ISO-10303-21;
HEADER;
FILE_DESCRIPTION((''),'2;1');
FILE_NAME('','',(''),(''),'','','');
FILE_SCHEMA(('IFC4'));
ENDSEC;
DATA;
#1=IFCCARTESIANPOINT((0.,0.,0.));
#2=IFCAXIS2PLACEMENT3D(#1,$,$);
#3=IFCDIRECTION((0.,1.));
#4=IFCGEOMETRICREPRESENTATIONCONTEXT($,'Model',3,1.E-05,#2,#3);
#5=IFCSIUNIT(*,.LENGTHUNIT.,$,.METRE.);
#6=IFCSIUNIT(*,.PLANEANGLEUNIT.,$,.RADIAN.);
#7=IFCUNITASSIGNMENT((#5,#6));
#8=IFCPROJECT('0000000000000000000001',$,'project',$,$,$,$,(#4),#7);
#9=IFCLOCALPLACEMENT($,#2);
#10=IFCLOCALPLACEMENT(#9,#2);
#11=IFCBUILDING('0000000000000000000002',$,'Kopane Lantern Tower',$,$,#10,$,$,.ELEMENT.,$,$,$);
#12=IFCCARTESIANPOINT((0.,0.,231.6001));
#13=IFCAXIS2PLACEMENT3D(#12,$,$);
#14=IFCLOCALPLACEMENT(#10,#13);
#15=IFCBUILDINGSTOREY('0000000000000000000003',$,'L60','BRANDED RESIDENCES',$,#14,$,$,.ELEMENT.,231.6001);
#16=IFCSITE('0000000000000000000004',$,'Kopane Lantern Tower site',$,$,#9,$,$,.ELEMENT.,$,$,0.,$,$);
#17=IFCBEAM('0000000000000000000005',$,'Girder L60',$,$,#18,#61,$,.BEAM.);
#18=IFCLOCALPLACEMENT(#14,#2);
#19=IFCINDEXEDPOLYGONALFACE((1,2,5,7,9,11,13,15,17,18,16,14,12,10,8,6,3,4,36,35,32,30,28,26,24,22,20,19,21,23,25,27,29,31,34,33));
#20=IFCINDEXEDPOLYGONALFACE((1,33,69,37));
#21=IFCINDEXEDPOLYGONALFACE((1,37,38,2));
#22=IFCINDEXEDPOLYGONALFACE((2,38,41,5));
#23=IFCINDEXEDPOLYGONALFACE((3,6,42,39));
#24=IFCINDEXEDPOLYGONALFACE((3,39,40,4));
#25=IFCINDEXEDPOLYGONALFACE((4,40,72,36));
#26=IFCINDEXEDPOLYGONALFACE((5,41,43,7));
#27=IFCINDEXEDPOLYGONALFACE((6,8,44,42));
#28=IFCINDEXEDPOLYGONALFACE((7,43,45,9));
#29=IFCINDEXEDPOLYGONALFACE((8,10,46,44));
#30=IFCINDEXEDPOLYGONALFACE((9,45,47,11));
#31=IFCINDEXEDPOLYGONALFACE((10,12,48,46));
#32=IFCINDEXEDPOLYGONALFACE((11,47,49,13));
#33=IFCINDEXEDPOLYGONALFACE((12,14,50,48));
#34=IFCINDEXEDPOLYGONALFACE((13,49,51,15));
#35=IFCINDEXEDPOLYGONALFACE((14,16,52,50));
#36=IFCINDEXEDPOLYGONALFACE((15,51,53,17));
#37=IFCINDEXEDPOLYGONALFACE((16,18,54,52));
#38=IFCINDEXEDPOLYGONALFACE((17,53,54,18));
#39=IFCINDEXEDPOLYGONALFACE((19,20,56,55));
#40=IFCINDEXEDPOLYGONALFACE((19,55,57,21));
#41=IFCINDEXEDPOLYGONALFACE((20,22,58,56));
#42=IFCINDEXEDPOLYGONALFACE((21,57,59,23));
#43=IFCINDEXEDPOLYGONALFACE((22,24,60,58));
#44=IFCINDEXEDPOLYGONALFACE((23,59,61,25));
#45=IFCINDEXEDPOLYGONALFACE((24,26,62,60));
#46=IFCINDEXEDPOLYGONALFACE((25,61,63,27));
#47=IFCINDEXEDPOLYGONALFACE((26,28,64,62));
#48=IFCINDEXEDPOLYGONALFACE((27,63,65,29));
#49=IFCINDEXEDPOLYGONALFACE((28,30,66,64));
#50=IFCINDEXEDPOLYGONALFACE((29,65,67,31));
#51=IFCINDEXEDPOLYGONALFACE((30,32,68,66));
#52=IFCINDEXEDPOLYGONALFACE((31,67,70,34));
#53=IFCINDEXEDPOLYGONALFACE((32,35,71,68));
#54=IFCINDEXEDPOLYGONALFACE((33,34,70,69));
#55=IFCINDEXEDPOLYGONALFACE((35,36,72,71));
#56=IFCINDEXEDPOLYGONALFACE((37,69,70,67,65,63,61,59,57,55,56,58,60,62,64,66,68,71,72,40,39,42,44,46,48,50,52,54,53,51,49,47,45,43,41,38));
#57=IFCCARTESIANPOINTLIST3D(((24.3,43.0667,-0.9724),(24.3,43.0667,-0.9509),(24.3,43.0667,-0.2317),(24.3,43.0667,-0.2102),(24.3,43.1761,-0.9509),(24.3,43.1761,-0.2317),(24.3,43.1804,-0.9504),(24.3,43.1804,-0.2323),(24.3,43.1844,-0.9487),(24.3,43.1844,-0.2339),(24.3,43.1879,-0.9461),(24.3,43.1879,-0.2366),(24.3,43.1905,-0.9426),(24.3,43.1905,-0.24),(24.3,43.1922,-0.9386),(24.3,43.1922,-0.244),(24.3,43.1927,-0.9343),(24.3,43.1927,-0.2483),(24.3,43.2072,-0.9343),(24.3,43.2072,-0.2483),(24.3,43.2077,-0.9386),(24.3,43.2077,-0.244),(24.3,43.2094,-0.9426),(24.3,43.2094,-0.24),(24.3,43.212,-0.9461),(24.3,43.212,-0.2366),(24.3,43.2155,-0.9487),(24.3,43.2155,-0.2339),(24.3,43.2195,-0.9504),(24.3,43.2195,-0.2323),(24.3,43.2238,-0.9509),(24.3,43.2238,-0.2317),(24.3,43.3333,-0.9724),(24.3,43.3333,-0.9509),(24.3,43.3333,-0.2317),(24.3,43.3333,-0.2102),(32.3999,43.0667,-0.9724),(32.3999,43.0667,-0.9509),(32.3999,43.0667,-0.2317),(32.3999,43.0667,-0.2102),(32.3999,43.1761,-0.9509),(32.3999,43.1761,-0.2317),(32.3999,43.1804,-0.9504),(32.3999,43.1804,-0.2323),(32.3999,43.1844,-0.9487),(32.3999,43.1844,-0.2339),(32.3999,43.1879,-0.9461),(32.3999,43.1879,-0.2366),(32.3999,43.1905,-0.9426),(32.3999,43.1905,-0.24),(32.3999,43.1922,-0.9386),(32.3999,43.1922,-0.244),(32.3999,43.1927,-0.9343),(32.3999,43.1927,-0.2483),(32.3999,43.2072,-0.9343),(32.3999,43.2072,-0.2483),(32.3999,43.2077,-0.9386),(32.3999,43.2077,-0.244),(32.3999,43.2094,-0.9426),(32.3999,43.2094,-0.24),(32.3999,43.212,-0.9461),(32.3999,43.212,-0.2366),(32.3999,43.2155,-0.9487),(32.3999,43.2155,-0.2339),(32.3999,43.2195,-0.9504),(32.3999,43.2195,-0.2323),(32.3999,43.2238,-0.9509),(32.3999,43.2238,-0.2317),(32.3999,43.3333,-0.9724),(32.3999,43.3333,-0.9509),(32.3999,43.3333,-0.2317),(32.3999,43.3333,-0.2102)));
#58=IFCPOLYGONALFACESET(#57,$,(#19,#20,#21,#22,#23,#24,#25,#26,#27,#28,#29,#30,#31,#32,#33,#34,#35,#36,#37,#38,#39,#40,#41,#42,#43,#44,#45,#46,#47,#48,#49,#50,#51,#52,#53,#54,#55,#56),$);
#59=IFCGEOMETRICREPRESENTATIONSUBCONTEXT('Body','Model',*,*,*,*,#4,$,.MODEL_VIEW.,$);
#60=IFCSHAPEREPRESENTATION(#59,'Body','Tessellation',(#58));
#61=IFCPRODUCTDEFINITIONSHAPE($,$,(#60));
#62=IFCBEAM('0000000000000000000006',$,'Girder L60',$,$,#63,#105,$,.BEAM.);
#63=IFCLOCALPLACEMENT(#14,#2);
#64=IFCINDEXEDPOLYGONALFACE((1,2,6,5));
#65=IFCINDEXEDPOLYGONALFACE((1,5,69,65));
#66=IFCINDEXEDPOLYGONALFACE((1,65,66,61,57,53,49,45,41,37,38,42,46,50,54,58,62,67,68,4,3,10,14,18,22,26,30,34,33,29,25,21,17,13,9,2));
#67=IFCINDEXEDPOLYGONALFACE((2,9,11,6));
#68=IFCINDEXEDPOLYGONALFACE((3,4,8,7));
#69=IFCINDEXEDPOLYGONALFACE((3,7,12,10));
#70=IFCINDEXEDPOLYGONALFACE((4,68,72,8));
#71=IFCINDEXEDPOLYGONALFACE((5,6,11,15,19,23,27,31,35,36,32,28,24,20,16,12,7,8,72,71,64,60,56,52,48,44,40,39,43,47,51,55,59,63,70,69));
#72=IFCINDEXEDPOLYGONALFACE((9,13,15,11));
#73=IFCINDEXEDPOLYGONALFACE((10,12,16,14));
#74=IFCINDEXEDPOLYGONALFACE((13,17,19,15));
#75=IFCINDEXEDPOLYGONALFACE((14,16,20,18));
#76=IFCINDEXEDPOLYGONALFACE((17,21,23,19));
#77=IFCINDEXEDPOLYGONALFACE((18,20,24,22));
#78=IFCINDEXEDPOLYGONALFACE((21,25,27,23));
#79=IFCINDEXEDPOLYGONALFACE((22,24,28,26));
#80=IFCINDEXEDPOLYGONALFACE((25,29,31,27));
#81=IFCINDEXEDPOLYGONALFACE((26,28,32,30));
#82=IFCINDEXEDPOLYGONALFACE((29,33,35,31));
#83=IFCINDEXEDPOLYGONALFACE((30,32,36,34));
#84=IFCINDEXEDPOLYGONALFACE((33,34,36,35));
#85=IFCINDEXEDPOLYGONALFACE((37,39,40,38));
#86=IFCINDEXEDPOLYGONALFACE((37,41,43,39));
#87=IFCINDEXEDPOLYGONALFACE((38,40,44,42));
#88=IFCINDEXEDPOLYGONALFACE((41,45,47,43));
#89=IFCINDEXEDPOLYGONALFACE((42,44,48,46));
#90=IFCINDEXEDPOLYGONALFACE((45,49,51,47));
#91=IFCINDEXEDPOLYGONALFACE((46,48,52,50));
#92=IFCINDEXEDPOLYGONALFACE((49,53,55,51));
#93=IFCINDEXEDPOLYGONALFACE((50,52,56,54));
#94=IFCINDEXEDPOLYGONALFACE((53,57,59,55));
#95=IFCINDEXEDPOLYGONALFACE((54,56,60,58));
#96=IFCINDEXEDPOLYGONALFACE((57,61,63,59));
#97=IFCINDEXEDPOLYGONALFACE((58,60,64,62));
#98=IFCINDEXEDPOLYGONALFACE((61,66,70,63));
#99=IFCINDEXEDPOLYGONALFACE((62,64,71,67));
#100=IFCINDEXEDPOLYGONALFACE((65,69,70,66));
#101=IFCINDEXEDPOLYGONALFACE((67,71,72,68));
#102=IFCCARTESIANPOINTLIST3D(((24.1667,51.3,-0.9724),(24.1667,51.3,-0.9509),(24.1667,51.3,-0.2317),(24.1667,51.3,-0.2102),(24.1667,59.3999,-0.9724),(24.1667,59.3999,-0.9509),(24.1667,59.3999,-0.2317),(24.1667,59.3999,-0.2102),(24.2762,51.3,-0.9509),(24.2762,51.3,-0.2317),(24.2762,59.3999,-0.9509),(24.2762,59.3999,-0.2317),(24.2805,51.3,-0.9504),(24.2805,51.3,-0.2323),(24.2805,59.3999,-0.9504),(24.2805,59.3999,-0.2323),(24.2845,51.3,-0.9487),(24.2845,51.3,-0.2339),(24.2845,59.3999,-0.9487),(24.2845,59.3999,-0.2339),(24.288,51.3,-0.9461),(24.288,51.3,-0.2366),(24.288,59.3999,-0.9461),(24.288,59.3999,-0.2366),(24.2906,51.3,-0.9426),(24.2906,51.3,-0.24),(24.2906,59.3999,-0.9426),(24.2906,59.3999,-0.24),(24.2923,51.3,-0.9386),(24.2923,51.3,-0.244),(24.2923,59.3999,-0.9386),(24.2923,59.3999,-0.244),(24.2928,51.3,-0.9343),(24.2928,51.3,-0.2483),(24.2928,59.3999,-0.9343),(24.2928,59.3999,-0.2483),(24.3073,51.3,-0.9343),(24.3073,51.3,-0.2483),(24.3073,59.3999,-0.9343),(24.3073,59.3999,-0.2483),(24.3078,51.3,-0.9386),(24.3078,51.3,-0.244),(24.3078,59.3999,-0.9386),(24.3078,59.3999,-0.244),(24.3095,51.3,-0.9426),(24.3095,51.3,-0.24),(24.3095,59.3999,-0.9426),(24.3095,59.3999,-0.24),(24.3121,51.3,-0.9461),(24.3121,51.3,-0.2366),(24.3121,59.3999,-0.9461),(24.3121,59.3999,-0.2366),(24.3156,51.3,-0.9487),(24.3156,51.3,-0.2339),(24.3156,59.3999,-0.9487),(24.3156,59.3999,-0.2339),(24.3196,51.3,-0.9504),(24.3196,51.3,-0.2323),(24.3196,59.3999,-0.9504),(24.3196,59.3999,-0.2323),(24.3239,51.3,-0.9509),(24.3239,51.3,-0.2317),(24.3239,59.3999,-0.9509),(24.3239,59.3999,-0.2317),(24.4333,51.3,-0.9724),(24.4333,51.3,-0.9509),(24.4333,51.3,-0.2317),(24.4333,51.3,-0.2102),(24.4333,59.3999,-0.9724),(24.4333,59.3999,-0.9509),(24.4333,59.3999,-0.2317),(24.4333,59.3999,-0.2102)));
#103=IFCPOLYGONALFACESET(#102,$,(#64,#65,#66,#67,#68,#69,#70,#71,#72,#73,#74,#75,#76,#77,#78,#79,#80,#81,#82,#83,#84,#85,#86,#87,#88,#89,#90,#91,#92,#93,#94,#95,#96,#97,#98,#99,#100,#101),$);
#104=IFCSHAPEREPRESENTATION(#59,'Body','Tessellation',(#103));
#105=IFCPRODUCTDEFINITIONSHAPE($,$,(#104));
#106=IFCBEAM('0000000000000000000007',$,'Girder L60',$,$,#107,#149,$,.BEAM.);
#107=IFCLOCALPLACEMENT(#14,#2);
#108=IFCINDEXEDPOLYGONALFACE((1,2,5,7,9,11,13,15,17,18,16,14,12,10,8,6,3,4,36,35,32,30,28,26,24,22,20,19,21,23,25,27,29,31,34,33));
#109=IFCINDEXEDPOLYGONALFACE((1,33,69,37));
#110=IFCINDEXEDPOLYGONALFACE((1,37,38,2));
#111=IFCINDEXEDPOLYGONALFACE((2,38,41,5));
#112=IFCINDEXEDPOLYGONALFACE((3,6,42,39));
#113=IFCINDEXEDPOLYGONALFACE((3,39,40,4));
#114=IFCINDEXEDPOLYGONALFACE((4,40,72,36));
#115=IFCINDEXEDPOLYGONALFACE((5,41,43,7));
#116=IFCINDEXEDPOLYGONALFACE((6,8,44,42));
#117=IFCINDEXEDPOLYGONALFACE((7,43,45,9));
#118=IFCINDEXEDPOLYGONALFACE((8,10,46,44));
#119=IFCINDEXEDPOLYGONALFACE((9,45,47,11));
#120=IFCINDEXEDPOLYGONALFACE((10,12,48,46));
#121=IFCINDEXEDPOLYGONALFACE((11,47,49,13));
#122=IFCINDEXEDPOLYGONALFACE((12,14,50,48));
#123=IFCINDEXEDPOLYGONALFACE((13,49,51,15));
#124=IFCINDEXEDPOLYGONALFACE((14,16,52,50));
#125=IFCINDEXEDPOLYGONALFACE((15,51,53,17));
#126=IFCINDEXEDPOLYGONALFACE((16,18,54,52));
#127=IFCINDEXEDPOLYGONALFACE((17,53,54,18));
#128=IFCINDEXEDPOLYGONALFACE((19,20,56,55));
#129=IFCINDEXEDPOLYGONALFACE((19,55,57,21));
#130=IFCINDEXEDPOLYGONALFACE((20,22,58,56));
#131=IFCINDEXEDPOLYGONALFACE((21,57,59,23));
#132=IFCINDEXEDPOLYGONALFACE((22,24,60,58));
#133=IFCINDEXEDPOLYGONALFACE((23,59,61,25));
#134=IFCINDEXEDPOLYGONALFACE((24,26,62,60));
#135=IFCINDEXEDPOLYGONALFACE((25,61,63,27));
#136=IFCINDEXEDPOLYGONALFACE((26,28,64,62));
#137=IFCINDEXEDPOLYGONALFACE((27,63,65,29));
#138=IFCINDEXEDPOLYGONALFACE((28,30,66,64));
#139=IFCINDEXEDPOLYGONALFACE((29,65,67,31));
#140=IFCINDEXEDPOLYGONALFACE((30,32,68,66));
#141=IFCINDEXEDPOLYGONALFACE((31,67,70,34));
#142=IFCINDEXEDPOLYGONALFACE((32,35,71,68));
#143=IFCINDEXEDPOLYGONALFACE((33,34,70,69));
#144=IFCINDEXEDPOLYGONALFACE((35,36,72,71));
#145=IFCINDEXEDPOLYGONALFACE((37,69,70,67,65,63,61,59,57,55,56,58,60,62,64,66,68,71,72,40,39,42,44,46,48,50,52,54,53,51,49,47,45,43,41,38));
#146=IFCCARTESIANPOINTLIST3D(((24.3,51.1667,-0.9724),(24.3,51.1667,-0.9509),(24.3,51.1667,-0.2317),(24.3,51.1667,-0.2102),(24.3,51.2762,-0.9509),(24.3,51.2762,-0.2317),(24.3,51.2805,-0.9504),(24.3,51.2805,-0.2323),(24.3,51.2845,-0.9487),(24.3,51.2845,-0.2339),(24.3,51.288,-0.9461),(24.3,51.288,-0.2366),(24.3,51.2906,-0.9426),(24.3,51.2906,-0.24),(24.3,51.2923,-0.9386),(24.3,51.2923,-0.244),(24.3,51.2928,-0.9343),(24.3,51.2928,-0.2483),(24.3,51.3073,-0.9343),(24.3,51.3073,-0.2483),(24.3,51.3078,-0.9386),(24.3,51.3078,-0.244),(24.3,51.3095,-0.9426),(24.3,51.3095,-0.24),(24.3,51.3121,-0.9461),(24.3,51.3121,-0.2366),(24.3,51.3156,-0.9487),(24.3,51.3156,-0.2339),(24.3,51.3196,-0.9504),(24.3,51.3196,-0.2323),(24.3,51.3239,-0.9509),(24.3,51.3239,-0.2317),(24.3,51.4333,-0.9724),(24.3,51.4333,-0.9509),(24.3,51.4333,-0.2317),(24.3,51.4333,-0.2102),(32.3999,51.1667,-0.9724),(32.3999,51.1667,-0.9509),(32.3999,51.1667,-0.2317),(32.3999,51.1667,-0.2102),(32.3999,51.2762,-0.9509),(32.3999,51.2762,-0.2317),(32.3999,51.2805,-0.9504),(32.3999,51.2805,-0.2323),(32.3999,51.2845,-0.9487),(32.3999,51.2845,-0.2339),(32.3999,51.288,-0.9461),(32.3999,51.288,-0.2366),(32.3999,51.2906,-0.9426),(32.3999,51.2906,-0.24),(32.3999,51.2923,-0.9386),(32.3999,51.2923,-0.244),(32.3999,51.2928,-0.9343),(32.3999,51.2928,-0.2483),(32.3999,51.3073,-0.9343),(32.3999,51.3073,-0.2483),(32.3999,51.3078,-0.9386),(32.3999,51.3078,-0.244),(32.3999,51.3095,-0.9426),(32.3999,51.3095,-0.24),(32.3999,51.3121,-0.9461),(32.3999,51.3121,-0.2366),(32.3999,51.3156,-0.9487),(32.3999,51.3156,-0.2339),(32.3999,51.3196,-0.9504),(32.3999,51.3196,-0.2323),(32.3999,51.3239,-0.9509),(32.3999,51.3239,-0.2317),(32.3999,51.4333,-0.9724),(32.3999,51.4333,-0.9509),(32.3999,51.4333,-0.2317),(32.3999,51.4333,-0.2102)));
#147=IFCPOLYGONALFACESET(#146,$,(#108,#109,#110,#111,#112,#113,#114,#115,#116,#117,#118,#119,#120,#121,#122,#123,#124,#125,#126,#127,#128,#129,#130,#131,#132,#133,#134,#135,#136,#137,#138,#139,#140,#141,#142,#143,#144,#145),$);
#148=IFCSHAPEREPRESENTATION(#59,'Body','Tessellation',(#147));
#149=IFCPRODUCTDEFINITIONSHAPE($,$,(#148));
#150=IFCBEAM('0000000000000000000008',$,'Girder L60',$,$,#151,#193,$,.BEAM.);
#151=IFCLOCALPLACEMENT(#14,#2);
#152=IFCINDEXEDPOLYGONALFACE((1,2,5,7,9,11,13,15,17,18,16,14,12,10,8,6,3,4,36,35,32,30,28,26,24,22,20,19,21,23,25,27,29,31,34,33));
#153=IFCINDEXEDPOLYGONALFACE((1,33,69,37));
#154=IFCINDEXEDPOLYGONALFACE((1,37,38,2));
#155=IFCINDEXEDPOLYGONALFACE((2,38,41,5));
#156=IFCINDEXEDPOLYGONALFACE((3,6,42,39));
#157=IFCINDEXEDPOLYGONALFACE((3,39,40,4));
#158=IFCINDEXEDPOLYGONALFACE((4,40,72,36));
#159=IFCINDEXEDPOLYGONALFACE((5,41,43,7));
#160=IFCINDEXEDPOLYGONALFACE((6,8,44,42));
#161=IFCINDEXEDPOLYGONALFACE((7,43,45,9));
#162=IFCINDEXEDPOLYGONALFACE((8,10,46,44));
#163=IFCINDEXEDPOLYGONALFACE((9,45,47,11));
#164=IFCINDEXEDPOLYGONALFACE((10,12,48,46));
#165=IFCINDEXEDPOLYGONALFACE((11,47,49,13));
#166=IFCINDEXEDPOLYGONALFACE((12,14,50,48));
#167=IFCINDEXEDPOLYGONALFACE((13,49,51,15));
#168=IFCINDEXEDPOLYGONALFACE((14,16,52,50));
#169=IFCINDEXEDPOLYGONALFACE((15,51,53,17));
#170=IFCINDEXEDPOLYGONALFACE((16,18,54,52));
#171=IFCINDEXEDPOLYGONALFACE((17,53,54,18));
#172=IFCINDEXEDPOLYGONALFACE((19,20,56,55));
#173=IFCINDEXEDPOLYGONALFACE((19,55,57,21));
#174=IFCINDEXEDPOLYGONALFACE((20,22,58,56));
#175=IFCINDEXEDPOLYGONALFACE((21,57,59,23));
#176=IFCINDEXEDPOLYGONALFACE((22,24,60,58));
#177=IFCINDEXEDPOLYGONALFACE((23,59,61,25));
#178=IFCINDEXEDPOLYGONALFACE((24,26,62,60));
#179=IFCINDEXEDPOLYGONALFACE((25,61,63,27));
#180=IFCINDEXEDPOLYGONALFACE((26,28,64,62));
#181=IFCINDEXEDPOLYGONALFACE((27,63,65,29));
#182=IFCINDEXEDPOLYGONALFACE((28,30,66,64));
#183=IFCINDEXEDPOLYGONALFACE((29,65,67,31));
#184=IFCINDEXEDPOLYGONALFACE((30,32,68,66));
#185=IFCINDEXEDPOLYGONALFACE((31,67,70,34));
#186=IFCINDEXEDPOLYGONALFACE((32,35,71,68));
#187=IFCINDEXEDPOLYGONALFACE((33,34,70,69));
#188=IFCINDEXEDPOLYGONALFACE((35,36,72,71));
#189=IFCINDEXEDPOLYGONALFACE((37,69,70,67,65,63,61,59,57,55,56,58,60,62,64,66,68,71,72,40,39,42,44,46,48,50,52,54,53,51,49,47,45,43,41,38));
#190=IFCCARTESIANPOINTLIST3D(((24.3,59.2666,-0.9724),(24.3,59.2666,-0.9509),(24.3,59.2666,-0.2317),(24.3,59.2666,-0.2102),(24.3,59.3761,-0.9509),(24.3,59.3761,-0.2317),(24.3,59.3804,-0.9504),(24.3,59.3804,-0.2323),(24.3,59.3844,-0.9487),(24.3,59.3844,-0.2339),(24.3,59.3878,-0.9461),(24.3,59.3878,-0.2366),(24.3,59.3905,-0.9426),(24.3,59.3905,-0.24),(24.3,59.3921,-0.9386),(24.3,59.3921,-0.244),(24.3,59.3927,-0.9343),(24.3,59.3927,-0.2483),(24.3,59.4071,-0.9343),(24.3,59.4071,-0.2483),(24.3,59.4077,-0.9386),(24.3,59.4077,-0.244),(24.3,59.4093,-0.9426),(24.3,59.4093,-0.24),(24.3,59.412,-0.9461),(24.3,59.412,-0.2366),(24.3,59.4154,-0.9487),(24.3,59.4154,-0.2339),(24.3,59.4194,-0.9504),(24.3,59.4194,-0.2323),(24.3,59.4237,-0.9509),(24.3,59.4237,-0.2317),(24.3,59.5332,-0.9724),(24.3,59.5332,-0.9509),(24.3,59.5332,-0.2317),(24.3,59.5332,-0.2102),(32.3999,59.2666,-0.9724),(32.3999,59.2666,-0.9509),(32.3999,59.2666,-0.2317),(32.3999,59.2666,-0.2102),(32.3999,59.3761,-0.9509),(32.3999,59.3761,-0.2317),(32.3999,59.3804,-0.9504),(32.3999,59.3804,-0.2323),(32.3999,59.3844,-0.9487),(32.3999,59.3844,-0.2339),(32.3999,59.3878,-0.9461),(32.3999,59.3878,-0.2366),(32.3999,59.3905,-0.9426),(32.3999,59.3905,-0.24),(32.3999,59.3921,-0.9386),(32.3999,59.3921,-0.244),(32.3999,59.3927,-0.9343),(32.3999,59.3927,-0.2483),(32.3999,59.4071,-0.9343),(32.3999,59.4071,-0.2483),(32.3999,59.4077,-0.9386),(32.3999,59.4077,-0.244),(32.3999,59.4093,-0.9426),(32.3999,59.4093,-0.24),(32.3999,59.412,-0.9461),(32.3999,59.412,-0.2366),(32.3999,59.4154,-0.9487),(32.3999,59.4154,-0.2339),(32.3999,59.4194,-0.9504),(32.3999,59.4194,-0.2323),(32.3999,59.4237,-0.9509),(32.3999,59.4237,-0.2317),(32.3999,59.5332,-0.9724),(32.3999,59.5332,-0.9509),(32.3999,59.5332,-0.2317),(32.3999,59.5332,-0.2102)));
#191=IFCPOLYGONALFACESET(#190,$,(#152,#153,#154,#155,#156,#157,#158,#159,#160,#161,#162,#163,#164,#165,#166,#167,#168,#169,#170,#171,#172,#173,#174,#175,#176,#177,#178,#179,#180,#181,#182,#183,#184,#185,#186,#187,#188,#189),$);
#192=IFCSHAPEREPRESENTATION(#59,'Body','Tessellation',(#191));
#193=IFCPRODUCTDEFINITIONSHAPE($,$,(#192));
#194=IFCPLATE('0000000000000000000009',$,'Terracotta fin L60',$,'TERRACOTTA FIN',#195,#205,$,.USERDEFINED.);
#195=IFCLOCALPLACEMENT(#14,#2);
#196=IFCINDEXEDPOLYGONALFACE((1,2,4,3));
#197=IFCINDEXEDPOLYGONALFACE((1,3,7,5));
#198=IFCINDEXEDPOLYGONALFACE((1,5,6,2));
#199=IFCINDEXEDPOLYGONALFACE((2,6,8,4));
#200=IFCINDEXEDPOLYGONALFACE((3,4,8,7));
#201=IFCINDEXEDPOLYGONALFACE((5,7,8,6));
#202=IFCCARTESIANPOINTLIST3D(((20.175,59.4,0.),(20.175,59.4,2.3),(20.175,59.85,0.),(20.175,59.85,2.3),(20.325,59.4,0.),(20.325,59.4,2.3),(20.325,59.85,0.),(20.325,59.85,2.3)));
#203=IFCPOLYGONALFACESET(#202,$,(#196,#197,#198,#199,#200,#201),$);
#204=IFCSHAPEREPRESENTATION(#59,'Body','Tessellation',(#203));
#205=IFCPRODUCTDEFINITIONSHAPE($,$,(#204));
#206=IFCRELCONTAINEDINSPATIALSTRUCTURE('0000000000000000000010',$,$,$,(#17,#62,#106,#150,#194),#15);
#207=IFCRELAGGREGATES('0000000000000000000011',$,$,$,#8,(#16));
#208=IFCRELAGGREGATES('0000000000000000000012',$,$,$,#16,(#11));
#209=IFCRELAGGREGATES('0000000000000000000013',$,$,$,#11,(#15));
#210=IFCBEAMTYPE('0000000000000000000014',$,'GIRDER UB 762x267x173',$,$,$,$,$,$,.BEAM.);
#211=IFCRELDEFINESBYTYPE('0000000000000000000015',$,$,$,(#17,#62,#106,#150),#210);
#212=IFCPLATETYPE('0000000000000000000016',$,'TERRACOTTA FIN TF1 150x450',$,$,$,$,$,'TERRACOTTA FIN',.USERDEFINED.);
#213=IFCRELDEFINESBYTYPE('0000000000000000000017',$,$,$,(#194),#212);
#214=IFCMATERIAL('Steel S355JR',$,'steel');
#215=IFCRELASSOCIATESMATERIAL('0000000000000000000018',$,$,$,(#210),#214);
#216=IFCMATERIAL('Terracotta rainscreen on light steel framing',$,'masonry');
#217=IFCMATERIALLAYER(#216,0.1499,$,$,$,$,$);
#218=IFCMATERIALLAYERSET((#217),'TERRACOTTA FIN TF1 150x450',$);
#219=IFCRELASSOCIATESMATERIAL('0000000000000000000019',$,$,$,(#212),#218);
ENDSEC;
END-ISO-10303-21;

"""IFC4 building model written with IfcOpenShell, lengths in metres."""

from ifc_helpers import new_model, si_unit, direction, frame, origin, origin_2d, place, context, subcontext, project, spatial, rectangle, i_section, extrude, material, layer, layer_set, material_profile, profile_set, type_object, element, save


model = new_model("IFC4")

# Units and contexts
model_context = context("Model", 3, precision=1e-05, world=origin(), true_north=direction((0.0, 1.0)))
body_context = subcontext(model_context, "Body", "Model", "MODEL_VIEW")
ifc_project = project(units=[si_unit("LENGTHUNIT", "METRE"), si_unit("PLANEANGLEUNIT", "RADIAN")], contexts=[model_context])

# Site, building, storey
site_placement = place(None, origin())
site = spatial("IfcSite", under=ifc_project, at=site_placement, Name="Kopane Lantern Tower site", CompositionType="ELEMENT", RefElevation=0.0)
building_placement = place(site_placement, origin())
building = spatial("IfcBuilding", under=site, at=building_placement, Name="Kopane Lantern Tower", CompositionType="ELEMENT")
storey_placement = place(building_placement, frame((0.0, 0.0, 231.6001)))
storey = spatial("IfcBuildingStorey", under=building, at=storey_placement, Name="L60", Description="BRANDED RESIDENCES", CompositionType="ELEMENT", Elevation=231.6001)

# Beams
ifc_material_1 = material(Name="Steel S355JR", Category="steel")
ifc_material_profile_1 = material_profile(ifc_material_1, i_section(OverallWidth=0.2666, OverallDepth=0.7622, WebThickness=0.0144, FlangeThickness=0.0215, FilletRadius=0.0166, at=origin_2d()), Name="UB 762x267x173")
ifc_profile_set_1 = profile_set([ifc_material_profile_1], Name="Steel S355JR")
beam_type = type_object("IfcBeamType", Name="GIRDER UB 762x267x173", PredefinedType="BEAM", material=ifc_profile_set_1)
for number, where, z_axis, x_axis, name in (
    (1, (24.3, 43.2, -0.5913), (1.0, 0.0, 0.0), (0.0, 1.0, 0.0), "Girder L60"),
    (2, (24.3, 51.3, -0.5913), (0.0, 1.0, 0.0), (-1.0, 0.0, 0.0), "Girder L60"),
    (3, (24.3, 51.3, -0.5913), (1.0, 0.0, 0.0), (0.0, 1.0, 0.0), "Girder L60"),
    (4, (24.3, 59.3999, -0.5913), (1.0, 0.0, 0.0), (0.0, 1.0, 0.0), "Girder L60"),
):
    element("IfcBeam", number, at=place(storey_placement, frame(where, z_axis=z_axis, x_axis=x_axis)), inside=storey, type_object=beam_type, Name=name, PredefinedType="BEAM", context=body_context, shape_type="SweptSolid", body=[
        extrude(i_section(OverallWidth=0.2666, OverallDepth=0.7622, WebThickness=0.0144, FlangeThickness=0.0215, FilletRadius=0.0166, at=origin_2d()), origin(), (0.0, 0.0, 1.0), 8.0999),
    ])

# Plate
ifc_material_2 = material(Name="Terracotta rainscreen on light steel framing", Category="masonry")
ifc_layer_1 = layer(ifc_material_2, 0.1499)
ifc_layer_set_1 = layer_set([ifc_layer_1], Name="TERRACOTTA FIN TF1 150x450")
plate_type = type_object("IfcPlateType", Name="TERRACOTTA FIN TF1 150x450", ElementType="TERRACOTTA FIN", PredefinedType="USERDEFINED", material=ifc_layer_set_1)
for number, where, z_axis, x_axis, name in (
    (5, (20.25, 59.625, 0.0), (0.0, 0.0, 1.0), (-1.0, 0.0, 0.0), "Terracotta fin L60"),
):
    element("IfcPlate", number, at=place(storey_placement, frame(where, z_axis=z_axis, x_axis=x_axis)), inside=storey, type_object=plate_type, Name=name, ObjectType="TERRACOTTA FIN", PredefinedType="USERDEFINED", context=body_context, shape_type="SweptSolid", body=[
        extrude(rectangle(XDim=0.1499, YDim=0.45, at=origin_2d()), origin(), (0.0, 0.0, 1.0), 2.3),
    ])

save(model, "model.ifc")
